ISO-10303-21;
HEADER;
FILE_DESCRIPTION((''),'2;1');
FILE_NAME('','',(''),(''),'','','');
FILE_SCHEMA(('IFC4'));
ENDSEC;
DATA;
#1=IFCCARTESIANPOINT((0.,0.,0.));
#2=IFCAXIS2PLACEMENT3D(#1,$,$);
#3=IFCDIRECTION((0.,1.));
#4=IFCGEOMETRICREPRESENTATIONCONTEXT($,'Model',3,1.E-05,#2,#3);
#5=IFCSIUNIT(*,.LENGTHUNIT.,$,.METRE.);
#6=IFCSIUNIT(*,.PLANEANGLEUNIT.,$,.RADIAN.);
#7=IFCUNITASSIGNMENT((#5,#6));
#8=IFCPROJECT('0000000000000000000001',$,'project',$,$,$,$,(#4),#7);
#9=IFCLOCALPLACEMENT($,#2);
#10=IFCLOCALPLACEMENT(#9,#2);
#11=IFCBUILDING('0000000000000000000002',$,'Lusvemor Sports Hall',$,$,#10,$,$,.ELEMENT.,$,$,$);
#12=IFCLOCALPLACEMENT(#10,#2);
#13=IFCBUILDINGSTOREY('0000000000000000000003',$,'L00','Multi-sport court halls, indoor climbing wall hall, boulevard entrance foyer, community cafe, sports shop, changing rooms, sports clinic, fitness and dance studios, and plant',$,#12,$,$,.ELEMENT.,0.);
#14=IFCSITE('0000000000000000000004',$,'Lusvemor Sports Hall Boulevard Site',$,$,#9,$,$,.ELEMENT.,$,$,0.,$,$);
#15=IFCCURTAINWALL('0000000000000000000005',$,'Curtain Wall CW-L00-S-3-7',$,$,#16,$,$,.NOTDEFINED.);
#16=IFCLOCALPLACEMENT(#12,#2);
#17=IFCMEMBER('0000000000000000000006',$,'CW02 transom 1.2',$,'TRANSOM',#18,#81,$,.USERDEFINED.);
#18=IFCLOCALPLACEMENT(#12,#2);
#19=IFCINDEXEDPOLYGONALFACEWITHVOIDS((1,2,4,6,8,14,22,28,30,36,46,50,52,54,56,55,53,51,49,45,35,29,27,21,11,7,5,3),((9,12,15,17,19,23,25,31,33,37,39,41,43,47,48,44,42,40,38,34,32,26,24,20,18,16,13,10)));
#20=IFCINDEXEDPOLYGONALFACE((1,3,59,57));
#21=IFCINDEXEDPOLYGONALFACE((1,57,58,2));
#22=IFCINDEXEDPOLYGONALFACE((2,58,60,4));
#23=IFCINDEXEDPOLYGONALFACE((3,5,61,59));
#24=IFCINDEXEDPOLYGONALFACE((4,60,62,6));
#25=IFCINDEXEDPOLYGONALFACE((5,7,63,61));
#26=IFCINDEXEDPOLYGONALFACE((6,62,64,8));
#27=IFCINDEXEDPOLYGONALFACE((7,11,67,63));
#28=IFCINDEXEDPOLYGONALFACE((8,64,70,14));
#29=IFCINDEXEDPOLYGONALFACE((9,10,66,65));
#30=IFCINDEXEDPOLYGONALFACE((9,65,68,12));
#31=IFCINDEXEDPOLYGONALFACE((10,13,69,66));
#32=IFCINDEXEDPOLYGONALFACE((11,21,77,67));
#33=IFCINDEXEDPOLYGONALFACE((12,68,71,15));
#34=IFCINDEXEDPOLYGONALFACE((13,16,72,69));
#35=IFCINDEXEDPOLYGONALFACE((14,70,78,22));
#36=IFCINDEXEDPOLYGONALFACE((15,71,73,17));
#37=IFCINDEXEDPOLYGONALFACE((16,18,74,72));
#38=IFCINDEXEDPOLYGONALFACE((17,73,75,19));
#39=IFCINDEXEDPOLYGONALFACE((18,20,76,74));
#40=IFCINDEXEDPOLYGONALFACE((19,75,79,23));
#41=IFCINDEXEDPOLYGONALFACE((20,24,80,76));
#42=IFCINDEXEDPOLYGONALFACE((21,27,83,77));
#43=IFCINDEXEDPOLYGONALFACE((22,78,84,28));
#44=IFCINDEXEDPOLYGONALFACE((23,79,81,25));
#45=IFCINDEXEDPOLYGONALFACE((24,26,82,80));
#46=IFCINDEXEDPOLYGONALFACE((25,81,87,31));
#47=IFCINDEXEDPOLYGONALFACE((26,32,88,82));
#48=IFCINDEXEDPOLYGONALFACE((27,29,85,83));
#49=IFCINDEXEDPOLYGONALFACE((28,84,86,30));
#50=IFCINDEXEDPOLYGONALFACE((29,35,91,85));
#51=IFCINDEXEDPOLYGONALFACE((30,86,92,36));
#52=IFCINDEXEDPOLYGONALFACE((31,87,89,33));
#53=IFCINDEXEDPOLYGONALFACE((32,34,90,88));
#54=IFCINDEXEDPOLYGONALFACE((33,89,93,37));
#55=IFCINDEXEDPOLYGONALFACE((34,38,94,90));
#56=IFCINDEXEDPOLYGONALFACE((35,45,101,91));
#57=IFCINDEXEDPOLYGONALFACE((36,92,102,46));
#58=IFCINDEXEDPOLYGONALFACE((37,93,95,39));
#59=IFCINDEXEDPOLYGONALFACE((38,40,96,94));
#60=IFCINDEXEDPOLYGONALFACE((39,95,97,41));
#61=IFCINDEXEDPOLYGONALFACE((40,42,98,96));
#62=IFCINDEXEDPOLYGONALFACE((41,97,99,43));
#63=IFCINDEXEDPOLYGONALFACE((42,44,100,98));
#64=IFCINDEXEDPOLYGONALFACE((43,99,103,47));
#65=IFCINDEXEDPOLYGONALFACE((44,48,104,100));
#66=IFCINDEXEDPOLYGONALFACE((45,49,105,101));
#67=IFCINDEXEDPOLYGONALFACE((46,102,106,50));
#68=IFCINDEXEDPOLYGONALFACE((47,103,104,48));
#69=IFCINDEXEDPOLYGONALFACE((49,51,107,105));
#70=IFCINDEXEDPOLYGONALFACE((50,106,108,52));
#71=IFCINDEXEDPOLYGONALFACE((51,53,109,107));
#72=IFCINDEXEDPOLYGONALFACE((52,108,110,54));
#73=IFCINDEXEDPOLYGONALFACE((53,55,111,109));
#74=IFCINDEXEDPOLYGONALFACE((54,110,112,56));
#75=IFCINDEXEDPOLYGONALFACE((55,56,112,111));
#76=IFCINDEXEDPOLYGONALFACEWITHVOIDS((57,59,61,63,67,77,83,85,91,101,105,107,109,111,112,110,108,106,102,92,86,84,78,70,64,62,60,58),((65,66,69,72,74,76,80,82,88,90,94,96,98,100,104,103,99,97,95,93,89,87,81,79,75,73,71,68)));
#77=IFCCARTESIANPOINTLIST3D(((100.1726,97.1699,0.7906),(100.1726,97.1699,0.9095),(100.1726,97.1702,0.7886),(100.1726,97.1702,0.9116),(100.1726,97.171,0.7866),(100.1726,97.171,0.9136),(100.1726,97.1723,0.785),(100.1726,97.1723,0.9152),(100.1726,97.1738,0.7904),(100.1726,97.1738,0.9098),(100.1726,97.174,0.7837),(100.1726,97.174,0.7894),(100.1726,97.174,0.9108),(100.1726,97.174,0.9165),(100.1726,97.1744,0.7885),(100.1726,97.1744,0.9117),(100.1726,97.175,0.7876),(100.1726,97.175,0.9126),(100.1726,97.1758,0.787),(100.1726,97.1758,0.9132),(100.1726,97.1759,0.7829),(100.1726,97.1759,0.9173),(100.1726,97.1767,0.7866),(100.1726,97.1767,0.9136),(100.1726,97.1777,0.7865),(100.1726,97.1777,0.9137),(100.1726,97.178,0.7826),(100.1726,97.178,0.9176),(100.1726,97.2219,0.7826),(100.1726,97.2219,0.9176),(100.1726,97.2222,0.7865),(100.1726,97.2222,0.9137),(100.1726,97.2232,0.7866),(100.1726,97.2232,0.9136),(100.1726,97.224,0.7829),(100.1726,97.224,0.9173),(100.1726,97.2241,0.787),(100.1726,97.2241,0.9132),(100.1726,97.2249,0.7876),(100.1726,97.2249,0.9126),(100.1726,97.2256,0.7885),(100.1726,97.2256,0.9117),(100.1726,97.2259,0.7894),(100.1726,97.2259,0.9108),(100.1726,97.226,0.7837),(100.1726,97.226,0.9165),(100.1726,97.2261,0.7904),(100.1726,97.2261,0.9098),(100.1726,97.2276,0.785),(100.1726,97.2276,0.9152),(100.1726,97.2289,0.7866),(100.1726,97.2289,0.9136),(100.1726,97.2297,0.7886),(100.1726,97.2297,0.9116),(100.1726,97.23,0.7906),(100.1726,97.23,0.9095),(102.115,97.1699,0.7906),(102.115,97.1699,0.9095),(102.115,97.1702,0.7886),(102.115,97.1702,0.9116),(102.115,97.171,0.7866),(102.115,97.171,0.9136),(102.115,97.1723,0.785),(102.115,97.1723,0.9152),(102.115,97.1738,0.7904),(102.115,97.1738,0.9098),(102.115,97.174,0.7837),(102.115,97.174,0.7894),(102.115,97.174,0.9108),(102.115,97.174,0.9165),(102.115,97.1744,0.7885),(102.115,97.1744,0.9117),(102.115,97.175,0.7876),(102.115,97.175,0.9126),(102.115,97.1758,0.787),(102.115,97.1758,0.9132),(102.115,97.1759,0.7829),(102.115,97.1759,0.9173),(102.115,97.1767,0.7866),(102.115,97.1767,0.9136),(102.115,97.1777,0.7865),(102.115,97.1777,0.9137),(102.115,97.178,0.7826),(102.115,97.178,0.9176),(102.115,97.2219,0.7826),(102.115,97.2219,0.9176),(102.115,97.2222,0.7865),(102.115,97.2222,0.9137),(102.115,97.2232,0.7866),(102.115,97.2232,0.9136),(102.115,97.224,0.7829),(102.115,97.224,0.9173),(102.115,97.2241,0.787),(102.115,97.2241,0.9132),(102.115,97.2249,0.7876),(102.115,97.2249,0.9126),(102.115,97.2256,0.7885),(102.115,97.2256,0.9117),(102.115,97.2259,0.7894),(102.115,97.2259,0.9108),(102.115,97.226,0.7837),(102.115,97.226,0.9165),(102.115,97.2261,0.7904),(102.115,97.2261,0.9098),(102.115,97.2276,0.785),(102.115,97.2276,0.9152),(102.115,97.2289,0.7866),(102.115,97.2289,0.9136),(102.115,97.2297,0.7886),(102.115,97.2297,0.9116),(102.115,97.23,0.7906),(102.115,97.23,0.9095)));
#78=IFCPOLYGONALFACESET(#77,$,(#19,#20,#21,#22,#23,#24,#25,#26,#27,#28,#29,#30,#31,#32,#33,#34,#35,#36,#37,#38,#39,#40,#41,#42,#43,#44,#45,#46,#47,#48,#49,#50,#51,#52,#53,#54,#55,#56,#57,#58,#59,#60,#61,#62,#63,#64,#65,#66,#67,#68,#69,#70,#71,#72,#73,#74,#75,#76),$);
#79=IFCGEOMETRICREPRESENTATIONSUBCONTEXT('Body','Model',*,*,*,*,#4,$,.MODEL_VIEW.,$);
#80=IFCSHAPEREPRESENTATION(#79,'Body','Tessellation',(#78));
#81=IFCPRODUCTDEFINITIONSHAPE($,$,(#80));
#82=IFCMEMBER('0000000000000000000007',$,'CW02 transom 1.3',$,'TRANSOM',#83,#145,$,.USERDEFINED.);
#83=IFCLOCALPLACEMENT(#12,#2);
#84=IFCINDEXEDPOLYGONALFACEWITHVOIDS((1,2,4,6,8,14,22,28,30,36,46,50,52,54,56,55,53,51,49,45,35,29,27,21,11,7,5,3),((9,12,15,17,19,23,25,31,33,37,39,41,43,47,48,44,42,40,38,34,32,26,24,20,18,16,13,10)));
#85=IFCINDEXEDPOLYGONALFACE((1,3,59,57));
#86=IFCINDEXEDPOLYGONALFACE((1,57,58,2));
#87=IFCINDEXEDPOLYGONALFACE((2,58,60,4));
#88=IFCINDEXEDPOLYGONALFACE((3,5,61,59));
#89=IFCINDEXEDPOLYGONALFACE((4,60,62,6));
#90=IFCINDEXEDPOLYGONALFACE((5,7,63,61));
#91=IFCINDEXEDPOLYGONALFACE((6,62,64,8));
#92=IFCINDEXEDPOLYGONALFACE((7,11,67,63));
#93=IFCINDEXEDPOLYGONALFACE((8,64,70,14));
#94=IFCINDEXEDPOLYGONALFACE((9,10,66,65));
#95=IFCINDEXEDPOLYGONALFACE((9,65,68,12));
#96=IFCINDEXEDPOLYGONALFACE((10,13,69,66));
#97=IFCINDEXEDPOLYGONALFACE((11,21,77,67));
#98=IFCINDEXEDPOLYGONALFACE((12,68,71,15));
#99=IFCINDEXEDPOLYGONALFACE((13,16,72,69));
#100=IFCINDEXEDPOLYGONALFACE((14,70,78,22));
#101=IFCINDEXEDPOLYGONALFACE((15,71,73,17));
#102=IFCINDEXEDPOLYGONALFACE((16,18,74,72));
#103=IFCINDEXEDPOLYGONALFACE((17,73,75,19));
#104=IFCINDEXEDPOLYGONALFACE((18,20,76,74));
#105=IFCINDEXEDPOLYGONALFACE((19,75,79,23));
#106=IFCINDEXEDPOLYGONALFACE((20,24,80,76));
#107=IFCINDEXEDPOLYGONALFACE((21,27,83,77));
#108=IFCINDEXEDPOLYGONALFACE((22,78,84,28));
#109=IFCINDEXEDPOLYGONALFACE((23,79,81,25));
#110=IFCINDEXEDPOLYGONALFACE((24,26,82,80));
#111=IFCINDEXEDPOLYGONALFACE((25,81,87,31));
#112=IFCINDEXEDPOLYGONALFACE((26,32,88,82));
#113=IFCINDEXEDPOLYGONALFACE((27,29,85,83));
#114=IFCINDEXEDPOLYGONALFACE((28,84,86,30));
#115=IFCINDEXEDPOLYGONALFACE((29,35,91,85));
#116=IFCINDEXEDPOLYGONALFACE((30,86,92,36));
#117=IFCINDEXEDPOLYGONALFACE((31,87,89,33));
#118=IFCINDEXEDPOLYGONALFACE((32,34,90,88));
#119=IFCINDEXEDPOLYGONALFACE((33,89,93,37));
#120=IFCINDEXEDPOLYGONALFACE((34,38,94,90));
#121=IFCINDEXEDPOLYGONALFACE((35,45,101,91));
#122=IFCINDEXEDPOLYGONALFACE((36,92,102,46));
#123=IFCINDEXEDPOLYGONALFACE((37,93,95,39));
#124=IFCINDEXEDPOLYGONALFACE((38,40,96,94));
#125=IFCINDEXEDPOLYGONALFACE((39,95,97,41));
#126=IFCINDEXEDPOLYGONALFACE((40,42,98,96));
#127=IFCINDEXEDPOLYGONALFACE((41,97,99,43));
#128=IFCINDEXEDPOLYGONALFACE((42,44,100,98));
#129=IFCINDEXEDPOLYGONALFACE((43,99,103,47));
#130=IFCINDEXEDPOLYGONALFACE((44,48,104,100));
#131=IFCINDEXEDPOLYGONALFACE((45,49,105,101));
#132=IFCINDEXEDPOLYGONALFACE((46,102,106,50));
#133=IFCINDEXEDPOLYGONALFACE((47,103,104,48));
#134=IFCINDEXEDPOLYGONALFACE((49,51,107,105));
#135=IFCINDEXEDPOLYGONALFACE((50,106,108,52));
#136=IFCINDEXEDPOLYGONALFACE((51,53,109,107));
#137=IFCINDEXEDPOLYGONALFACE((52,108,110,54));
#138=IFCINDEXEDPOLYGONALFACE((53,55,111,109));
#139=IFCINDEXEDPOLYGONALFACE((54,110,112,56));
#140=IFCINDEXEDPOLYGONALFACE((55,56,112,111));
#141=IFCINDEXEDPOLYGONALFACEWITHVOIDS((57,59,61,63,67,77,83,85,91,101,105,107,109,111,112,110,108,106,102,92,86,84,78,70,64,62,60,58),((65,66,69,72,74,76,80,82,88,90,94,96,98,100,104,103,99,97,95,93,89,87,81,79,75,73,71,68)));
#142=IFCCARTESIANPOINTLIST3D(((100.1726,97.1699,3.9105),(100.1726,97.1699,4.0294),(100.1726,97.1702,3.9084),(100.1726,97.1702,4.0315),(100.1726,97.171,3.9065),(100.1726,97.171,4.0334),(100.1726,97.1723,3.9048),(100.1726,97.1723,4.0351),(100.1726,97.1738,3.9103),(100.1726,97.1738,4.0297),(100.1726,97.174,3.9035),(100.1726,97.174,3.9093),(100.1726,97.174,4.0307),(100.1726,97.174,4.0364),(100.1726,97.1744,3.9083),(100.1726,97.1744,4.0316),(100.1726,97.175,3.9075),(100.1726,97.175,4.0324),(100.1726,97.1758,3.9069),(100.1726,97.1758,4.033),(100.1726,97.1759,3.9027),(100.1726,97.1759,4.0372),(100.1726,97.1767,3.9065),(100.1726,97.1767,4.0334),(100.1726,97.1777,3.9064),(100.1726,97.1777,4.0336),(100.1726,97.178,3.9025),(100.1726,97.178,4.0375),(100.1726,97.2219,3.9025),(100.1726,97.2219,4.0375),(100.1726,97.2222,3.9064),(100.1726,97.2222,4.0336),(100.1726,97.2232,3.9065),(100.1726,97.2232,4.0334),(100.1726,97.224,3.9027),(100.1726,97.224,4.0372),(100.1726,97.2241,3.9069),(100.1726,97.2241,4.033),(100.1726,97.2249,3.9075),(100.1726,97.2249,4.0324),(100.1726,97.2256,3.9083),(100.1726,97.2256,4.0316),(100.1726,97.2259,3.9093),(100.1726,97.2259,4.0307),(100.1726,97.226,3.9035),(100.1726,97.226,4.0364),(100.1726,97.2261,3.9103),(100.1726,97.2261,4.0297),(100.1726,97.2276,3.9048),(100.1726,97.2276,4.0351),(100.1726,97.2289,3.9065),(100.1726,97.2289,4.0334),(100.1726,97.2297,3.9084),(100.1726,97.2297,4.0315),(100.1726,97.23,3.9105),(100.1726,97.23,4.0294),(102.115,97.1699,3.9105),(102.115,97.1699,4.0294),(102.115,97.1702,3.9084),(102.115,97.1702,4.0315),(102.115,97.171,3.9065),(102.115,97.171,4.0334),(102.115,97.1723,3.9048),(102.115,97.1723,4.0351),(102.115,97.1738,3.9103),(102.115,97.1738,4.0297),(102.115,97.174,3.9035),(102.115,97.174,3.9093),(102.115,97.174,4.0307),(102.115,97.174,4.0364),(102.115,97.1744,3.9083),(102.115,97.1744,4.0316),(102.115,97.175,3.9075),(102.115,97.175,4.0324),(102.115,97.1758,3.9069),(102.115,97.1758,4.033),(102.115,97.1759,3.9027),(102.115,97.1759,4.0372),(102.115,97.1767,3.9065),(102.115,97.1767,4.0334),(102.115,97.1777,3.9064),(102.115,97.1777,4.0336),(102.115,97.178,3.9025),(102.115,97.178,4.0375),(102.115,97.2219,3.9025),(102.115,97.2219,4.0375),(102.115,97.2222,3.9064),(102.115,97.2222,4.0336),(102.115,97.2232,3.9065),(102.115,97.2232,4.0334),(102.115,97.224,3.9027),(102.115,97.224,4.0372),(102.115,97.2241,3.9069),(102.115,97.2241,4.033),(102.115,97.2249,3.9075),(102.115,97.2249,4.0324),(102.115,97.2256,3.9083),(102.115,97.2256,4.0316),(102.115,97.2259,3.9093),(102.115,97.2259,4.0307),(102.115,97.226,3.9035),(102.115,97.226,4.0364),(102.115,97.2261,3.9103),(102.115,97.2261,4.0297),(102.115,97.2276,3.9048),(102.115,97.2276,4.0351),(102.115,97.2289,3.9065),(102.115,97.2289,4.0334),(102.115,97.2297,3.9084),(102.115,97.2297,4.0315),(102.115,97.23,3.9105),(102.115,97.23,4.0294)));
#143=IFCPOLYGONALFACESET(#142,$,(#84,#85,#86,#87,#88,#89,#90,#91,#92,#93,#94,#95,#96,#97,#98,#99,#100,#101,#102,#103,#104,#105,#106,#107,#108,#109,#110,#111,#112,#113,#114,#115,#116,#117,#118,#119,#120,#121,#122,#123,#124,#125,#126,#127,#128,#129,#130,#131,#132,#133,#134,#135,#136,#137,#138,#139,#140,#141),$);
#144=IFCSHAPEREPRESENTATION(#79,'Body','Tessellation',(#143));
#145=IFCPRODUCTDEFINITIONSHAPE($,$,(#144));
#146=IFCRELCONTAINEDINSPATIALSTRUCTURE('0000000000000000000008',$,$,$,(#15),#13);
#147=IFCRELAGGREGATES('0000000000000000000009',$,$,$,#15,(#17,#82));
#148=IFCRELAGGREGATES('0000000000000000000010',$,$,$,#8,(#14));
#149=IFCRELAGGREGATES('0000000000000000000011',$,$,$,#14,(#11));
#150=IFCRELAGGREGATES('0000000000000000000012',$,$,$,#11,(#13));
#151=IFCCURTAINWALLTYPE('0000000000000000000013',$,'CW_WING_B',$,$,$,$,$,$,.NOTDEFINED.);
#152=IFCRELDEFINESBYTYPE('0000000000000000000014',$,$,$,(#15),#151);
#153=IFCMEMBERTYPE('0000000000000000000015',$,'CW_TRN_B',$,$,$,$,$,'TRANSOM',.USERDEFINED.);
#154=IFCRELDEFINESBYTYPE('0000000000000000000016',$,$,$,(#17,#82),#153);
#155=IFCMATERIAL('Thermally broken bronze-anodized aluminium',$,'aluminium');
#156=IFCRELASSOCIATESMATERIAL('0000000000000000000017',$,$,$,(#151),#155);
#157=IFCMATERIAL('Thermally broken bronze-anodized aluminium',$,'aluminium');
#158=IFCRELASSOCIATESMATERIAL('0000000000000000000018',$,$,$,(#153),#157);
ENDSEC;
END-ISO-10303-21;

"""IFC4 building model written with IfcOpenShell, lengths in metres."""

from ifc_helpers import new_model, si_unit, direction, frame, origin, origin_2d, place, context, subcontext, project, spatial, hollow_rectangle, extrude, material, material_profile, profile_set, type_object, element, aggregate, save


model = new_model("IFC4")

# Units and contexts
model_context = context("Model", 3, precision=1e-05, world=origin(), true_north=direction((0.0, 1.0)))
body_context = subcontext(model_context, "Body", "Model", "MODEL_VIEW")
ifc_project = project(units=[si_unit("LENGTHUNIT", "METRE"), si_unit("PLANEANGLEUNIT", "RADIAN")], contexts=[model_context])

# Site, building, storey
site_placement = place(None, origin())
site = spatial("IfcSite", under=ifc_project, at=site_placement, Name="Lusvemor Sports Hall Boulevard Site", CompositionType="ELEMENT", RefElevation=0.0)
building_placement = place(site_placement, origin())
building = spatial("IfcBuilding", under=site, at=building_placement, Name="Lusvemor Sports Hall", CompositionType="ELEMENT")
storey_placement = place(building_placement, origin())
storey = spatial("IfcBuildingStorey", under=building, at=storey_placement, Name="L00", Description="Multi-sport court halls, indoor climbing wall hall, boulevard entrance foyer, community cafe, sports shop, changing rooms, sports clinic, fitness and dance studios, and plant", CompositionType="ELEMENT", Elevation=0.0)

# Curtain wall
ifc_material_1 = material(Name="Thermally broken bronze-anodized aluminium", Category="aluminium")
curtain_wall_type = type_object("IfcCurtainWallType", Name="CW_WING_B", PredefinedType="NOTDEFINED", material=ifc_material_1)
curtain_wall_1_placement = place(storey_placement, origin())
curtain_wall_1 = element("IfcCurtainWall", 1, at=curtain_wall_1_placement, inside=storey, type_object=curtain_wall_type, Name="Curtain Wall CW-L00-S-3-7", PredefinedType="NOTDEFINED")

# Members
ifc_material_2 = material(Name="Thermally broken bronze-anodized aluminium", Category="aluminium")
ifc_material_profile_1 = material_profile(ifc_material_2, hollow_rectangle(XDim=0.0601, YDim=0.135, WallThickness=0.0039, InnerFilletRadius=0.0039, OuterFilletRadius=0.0081, at=origin_2d()), Name="CWTRN135x60x4")
ifc_profile_set_1 = profile_set([ifc_material_profile_1], Name="Thermally broken bronze-anodized aluminium")
member_type_1 = type_object("IfcMemberType", Name="CW_TRN_B", ElementType="TRANSOM", PredefinedType="USERDEFINED", material=ifc_profile_set_1)
member_1_placement = place(storey_placement, frame((102.115, 97.2, 0.8501), z_axis=(-1.0, 0.0, 0.0), x_axis=(0.0, -1.0, 0.0)))
member_1 = element("IfcMember", 2, at=member_1_placement, type_object=member_type_1, Name="CW02 transom 1.2", ObjectType="TRANSOM", PredefinedType="USERDEFINED", context=body_context, shape_type="SweptSolid", body=[
    extrude(hollow_rectangle(XDim=0.0601, YDim=0.135, WallThickness=0.0039, InnerFilletRadius=0.0039, OuterFilletRadius=0.0081, at=origin_2d()), origin(), (0.0, 0.0, 1.0), 1.9424),
])
member_2_placement = place(storey_placement, frame((102.115, 97.2, 3.97), z_axis=(-1.0, 0.0, 0.0), x_axis=(0.0, -1.0, 0.0)))
member_2 = element("IfcMember", 3, at=member_2_placement, type_object=member_type_1, Name="CW02 transom 1.3", ObjectType="TRANSOM", PredefinedType="USERDEFINED", context=body_context, shape_type="SweptSolid", body=[
    extrude(hollow_rectangle(XDim=0.0601, YDim=0.135, WallThickness=0.0039, InnerFilletRadius=0.0039, OuterFilletRadius=0.0081, at=origin_2d()), origin(), (0.0, 0.0, 1.0), 1.9424),
])

aggregate(curtain_wall_1, [member_1, member_2])

save(model, "model.ifc")
